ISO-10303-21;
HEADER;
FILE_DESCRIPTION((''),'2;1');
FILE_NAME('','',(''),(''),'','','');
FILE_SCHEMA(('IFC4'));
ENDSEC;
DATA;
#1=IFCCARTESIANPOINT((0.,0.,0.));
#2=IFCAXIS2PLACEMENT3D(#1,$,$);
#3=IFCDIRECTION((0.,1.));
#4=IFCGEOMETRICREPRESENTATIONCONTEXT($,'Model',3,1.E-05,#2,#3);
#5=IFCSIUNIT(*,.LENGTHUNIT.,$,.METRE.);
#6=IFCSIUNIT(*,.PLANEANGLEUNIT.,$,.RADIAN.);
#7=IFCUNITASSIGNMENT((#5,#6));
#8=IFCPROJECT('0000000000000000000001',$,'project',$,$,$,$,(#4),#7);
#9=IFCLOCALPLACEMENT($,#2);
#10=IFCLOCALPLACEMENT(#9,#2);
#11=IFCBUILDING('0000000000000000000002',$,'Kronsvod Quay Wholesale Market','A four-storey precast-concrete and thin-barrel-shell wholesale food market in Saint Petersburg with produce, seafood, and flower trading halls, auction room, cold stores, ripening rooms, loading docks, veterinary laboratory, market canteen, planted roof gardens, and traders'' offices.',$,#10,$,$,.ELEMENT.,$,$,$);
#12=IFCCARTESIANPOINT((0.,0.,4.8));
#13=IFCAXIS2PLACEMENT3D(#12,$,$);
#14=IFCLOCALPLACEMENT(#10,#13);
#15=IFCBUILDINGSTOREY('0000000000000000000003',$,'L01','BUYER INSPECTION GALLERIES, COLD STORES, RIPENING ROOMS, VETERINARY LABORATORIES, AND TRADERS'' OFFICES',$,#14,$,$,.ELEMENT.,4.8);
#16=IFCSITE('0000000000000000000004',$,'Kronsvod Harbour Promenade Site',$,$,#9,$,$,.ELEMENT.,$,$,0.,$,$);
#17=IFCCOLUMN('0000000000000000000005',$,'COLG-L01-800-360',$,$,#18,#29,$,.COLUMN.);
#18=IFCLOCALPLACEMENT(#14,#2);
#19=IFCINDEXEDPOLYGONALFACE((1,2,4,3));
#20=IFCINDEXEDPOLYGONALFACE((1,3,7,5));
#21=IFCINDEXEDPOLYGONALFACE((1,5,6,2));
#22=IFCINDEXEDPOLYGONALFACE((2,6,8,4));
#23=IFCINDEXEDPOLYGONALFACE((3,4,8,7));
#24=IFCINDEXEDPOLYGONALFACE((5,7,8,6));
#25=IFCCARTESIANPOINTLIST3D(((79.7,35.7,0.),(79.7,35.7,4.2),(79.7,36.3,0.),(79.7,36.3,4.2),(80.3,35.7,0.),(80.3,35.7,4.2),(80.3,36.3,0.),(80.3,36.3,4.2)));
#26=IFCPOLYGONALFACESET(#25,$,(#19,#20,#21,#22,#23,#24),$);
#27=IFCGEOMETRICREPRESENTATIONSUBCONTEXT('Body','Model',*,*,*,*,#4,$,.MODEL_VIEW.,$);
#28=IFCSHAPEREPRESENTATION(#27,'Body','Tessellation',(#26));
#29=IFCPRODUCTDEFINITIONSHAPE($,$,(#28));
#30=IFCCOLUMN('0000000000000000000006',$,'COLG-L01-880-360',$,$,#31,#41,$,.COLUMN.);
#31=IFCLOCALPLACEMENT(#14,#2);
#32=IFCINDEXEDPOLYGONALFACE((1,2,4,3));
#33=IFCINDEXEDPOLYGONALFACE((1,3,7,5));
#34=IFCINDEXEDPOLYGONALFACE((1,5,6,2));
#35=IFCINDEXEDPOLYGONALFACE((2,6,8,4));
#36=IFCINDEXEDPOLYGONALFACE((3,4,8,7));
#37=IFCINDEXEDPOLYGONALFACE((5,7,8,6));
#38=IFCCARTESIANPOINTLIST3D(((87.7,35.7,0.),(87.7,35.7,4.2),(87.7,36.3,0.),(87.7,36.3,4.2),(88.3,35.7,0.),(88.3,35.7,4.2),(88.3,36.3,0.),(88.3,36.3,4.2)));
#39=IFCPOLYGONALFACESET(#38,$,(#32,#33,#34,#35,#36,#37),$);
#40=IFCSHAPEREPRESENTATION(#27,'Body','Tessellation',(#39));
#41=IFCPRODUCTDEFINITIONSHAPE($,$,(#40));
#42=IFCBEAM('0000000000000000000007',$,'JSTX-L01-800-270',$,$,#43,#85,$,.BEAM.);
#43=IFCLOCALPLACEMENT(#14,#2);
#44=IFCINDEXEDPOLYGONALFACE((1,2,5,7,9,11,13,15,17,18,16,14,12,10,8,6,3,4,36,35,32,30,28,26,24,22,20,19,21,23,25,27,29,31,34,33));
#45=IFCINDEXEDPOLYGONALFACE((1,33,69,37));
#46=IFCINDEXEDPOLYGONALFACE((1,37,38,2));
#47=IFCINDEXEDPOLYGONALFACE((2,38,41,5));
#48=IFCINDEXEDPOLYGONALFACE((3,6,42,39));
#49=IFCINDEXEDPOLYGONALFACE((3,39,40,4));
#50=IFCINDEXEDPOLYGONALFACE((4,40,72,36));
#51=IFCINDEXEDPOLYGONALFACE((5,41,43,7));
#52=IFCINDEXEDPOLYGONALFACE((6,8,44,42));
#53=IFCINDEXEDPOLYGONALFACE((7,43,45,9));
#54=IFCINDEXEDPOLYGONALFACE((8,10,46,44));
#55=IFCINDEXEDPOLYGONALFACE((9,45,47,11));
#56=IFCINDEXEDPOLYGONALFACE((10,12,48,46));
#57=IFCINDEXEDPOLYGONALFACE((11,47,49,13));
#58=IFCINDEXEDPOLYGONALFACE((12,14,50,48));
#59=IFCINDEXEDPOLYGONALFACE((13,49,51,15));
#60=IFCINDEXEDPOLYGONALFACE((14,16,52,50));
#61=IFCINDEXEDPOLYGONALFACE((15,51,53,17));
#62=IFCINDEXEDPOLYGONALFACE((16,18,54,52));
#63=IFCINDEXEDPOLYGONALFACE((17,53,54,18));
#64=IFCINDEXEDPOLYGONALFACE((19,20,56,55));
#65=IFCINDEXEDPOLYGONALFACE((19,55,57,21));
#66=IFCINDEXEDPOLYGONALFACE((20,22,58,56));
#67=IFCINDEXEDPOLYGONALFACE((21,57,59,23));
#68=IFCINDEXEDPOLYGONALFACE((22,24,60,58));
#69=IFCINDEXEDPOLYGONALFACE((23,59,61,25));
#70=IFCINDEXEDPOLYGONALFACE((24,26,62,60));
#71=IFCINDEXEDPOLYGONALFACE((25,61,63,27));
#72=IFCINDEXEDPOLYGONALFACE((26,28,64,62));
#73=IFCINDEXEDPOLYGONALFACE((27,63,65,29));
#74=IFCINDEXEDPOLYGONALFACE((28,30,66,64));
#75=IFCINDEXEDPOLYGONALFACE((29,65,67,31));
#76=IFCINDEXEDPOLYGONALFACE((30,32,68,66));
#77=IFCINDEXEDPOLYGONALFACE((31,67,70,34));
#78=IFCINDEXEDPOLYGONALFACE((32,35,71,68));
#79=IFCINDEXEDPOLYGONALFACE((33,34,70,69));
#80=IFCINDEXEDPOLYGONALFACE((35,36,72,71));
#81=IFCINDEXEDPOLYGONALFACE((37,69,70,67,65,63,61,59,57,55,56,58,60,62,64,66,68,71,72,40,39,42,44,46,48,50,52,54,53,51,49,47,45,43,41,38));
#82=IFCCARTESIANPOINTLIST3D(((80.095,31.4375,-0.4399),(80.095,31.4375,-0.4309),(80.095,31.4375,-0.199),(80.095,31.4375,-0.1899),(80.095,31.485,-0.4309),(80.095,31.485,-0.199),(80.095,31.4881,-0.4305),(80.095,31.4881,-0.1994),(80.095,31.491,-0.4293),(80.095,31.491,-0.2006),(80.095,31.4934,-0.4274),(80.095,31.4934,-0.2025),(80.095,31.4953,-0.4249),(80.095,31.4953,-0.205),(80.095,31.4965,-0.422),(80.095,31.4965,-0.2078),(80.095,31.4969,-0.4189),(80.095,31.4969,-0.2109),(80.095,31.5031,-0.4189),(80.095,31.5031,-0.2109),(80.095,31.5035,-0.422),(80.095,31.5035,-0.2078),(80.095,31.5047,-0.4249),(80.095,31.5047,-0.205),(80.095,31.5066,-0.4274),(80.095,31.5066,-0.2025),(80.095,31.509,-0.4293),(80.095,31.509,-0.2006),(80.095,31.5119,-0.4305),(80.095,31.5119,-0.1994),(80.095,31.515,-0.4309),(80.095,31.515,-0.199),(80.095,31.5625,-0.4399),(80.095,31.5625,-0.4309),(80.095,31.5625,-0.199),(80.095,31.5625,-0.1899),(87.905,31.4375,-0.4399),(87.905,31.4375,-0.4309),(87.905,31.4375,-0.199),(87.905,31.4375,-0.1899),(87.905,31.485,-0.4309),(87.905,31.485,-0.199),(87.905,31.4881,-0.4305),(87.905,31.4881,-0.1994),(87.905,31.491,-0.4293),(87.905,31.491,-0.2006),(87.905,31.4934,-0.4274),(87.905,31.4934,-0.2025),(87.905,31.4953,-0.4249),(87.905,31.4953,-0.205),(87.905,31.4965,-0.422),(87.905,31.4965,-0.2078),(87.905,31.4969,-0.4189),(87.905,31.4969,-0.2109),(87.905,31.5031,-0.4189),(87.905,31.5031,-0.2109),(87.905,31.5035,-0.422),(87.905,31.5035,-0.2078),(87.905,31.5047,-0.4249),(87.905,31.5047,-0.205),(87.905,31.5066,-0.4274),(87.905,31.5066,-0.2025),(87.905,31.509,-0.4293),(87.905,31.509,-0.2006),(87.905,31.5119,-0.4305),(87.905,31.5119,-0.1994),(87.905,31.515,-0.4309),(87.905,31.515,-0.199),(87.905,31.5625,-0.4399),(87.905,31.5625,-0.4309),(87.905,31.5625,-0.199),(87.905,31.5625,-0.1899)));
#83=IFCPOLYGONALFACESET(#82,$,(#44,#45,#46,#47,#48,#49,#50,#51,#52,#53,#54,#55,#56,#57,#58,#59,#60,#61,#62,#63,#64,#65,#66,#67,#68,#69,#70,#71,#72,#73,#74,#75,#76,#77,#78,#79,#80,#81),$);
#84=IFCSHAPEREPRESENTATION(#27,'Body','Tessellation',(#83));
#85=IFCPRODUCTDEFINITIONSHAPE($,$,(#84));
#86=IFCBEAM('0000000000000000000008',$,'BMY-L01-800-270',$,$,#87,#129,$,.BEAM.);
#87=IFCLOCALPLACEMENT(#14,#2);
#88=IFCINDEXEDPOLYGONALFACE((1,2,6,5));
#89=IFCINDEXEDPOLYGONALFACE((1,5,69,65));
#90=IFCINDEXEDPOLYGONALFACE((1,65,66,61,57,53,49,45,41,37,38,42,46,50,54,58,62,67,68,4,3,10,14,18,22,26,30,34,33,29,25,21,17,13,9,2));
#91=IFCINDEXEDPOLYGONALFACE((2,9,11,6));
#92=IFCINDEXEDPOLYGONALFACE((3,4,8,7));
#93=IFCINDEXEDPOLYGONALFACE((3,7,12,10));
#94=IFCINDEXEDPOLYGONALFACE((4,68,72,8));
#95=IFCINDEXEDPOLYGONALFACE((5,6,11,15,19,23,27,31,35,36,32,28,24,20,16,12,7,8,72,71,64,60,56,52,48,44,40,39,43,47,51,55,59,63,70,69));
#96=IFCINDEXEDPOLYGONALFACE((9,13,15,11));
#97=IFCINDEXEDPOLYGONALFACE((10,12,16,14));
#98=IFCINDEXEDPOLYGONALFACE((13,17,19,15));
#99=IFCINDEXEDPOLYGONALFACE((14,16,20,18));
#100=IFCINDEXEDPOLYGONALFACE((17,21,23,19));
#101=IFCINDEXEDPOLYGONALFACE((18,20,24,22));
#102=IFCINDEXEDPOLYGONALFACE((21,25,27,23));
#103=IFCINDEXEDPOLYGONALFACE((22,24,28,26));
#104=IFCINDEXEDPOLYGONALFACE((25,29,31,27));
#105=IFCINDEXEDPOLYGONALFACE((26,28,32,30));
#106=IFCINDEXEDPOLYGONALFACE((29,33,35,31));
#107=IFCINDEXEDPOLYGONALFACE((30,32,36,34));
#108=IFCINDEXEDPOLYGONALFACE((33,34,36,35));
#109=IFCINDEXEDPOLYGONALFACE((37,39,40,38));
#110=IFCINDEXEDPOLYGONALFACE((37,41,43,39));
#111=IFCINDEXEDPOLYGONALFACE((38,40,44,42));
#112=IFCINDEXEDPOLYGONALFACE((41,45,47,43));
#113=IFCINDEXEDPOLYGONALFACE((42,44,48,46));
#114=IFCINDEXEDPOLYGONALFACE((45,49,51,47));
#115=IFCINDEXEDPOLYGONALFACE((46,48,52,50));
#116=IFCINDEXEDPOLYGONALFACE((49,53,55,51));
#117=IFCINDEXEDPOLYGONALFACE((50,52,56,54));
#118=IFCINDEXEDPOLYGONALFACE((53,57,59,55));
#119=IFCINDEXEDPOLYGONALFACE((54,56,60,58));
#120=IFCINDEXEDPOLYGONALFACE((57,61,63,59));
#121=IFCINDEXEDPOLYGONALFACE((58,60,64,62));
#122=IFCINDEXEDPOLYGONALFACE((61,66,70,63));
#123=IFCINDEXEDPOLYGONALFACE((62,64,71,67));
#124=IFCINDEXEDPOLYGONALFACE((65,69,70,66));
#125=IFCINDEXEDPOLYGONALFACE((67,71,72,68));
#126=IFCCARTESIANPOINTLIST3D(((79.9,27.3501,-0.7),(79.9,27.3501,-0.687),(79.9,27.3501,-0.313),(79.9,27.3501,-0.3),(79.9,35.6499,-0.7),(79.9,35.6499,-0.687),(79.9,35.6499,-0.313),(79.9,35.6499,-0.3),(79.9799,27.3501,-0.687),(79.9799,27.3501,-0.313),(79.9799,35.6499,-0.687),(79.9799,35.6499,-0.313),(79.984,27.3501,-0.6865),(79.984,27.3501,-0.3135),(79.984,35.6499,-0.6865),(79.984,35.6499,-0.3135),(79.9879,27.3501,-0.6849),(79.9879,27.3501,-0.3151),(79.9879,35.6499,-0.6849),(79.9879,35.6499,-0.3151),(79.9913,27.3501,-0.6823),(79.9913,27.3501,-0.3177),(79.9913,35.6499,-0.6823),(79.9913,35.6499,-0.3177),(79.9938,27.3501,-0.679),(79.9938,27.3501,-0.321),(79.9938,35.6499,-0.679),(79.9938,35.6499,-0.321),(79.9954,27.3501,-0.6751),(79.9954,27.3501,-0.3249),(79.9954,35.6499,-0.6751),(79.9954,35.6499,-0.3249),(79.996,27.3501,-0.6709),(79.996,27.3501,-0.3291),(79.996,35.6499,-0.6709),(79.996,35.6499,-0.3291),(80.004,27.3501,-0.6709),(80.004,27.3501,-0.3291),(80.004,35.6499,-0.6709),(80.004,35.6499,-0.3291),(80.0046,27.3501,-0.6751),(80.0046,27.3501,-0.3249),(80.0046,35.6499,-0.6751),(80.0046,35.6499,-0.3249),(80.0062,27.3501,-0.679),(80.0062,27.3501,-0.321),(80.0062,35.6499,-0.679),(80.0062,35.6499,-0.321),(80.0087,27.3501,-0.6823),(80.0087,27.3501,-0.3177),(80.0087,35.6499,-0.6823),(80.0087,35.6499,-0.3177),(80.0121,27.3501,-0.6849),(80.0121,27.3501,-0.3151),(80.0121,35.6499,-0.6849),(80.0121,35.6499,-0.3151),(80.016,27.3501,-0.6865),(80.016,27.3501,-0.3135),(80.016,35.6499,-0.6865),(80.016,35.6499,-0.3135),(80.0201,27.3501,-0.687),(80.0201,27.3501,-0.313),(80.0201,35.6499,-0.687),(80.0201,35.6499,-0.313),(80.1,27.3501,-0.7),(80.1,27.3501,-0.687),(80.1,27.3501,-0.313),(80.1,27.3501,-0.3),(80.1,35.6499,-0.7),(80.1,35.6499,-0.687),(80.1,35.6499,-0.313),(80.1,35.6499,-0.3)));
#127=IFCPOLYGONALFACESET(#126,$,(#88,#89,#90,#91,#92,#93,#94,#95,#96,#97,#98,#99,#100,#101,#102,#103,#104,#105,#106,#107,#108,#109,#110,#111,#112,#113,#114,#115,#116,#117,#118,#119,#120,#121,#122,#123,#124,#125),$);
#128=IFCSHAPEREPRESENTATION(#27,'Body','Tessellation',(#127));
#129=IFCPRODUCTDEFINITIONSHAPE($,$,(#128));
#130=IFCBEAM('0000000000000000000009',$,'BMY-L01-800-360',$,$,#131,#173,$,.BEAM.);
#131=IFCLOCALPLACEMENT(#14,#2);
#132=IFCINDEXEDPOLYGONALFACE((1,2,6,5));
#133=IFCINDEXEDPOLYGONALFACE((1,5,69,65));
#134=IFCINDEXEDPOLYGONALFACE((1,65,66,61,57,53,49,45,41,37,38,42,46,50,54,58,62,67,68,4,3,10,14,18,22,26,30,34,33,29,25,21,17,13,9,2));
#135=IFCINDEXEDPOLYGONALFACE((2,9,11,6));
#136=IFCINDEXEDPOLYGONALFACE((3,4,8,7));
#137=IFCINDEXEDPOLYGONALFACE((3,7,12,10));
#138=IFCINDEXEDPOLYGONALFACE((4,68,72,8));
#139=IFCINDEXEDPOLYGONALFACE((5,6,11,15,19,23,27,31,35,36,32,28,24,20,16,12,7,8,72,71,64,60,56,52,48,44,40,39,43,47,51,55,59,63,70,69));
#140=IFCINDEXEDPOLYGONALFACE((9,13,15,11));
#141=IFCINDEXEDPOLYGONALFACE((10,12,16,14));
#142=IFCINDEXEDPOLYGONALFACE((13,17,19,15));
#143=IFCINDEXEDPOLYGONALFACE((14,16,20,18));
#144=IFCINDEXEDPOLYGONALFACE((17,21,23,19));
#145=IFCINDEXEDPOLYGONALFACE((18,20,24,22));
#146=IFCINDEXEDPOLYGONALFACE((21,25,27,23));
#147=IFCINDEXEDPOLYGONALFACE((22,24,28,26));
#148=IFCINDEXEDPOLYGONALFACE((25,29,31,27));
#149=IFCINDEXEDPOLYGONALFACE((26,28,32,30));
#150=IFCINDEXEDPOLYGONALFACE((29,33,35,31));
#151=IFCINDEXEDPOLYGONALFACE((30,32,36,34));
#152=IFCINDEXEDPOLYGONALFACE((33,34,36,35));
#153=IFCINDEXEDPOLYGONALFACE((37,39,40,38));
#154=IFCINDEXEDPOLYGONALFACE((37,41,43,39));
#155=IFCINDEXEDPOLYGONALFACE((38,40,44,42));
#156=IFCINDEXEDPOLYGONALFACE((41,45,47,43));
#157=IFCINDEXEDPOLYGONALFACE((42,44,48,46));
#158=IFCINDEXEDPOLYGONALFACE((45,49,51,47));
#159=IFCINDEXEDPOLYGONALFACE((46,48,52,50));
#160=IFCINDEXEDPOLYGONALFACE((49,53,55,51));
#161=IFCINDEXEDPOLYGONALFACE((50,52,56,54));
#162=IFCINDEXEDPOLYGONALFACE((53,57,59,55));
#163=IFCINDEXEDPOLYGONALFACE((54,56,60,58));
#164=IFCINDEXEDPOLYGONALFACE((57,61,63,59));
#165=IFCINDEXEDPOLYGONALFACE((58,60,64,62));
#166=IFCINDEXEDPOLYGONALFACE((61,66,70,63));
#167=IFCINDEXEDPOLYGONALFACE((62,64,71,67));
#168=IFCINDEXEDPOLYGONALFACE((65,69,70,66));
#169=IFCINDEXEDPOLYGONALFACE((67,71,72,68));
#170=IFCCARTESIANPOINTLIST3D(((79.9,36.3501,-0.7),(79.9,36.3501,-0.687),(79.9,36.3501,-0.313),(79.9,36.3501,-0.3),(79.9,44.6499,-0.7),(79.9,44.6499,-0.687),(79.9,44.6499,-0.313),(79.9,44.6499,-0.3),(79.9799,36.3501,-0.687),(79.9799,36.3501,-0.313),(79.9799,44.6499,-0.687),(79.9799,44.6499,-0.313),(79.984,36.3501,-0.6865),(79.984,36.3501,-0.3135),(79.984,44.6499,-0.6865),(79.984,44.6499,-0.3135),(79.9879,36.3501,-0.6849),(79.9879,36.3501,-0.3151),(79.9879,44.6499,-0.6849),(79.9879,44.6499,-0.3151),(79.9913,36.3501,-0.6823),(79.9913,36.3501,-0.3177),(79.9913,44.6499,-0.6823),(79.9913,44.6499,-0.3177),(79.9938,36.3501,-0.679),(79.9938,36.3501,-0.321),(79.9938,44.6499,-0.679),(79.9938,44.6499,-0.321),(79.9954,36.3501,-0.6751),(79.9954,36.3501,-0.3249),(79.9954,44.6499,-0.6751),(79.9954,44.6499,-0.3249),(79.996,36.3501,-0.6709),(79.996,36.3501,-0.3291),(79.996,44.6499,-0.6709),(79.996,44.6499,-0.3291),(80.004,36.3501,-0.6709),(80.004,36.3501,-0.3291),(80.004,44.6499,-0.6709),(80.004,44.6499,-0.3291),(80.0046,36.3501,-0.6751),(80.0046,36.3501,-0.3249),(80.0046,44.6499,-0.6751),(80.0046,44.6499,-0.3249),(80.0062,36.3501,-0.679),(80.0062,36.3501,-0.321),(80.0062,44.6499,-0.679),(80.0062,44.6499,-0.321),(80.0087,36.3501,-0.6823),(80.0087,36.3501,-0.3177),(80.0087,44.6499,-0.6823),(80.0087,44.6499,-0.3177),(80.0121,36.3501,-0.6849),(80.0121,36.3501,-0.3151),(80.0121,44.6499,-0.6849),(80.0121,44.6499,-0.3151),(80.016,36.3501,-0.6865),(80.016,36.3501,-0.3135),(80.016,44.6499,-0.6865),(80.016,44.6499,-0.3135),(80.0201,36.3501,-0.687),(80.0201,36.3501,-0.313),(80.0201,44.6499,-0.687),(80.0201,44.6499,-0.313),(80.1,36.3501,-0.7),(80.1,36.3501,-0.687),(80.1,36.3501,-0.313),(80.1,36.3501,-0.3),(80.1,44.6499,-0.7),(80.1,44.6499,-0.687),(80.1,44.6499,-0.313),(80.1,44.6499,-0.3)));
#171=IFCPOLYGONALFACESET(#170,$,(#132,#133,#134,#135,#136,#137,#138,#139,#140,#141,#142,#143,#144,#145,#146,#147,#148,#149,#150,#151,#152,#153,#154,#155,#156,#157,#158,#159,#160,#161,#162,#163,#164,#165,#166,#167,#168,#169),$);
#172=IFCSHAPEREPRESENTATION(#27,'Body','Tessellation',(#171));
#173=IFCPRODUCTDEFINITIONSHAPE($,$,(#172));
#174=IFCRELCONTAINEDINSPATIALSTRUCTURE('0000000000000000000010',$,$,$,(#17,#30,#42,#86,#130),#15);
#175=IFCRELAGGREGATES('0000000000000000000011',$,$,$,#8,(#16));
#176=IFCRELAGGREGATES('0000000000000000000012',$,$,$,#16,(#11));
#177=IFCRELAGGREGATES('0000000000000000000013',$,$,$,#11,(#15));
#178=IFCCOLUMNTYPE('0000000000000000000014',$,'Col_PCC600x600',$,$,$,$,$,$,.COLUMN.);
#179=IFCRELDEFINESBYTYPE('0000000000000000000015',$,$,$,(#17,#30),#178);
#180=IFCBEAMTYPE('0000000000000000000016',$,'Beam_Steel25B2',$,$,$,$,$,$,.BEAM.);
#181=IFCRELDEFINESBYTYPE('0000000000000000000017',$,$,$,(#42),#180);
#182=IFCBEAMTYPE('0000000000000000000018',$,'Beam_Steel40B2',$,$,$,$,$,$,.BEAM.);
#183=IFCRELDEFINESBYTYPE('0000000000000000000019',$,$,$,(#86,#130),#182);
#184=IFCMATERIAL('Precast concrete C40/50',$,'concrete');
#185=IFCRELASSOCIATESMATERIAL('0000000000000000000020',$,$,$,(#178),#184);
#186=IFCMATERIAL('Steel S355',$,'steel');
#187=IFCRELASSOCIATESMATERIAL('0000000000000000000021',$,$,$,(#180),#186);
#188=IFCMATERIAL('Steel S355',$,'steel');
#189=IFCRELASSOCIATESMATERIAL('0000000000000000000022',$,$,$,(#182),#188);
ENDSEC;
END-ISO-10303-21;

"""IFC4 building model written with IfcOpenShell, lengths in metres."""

from ifc_helpers import new_model, si_unit, direction, frame, origin, origin_2d, place, context, subcontext, project, spatial, rectangle, i_section, extrude, material, material_profile, profile_set, type_object, element, save


model = new_model("IFC4")

# Units and contexts
model_context = context("Model", 3, precision=1e-05, world=origin(), true_north=direction((0.0, 1.0)))
body_context = subcontext(model_context, "Body", "Model", "MODEL_VIEW")
ifc_project = project(units=[si_unit("LENGTHUNIT", "METRE"), si_unit("PLANEANGLEUNIT", "RADIAN")], contexts=[model_context])

# Site, building, storey
site_placement = place(None, origin())
site = spatial("IfcSite", under=ifc_project, at=site_placement, Name="Kronsvod Harbour Promenade Site", CompositionType="ELEMENT", RefElevation=0.0)
building_placement = place(site_placement, origin())
building = spatial("IfcBuilding", under=site, at=building_placement, Name="Kronsvod Quay Wholesale Market", Description="A four-storey precast-concrete and thin-barrel-shell wholesale food market in Saint Petersburg with produce, seafood, and flower trading halls, auction room, cold stores, ripening rooms, loading docks, veterinary laboratory, market canteen, planted roof gardens, and traders' offices.", CompositionType="ELEMENT")
storey_placement = place(building_placement, frame((0.0, 0.0, 4.8)))
storey = spatial("IfcBuildingStorey", under=building, at=storey_placement, Name="L01", Description="BUYER INSPECTION GALLERIES, COLD STORES, RIPENING ROOMS, VETERINARY LABORATORIES, AND TRADERS' OFFICES", CompositionType="ELEMENT", Elevation=4.8)

# Columns
ifc_material_1 = material(Name="Precast concrete C40/50", Category="concrete")
ifc_material_profile_1 = material_profile(ifc_material_1, rectangle(XDim=0.6001, YDim=0.6001, at=origin_2d()), Name="PCC600x600")
ifc_profile_set_1 = profile_set([ifc_material_profile_1], Name="Precast concrete C40/50")
column_type = type_object("IfcColumnType", Name="Col_PCC600x600", PredefinedType="COLUMN", material=ifc_profile_set_1)
for number, where, z_axis, x_axis, name in (
    (1, (80.0, 36.0, 0.0), (0.0, 0.0, 1.0), (1.0, 0.0, 0.0), "COLG-L01-800-360"),
    (2, (88.0, 36.0, 0.0), (0.0, 0.0, 1.0), (1.0, 0.0, 0.0), "COLG-L01-880-360"),
):
    element("IfcColumn", number, at=place(storey_placement, frame(where, z_axis=z_axis, x_axis=x_axis)), inside=storey, type_object=column_type, Name=name, PredefinedType="COLUMN", context=body_context, shape_type="SweptSolid", body=[
        extrude(rectangle(XDim=0.6001, YDim=0.6001, at=origin_2d()), origin(), (0.0, 0.0, 1.0), 4.2),
    ])

# Beams
ifc_material_2 = material(Name="Steel S355", Category="steel")
ifc_material_profile_2 = material_profile(ifc_material_2, i_section(OverallWidth=0.125, OverallDepth=0.25, WebThickness=0.0061, FlangeThickness=0.009, FilletRadius=0.012, at=origin_2d()), Name="25B2")
ifc_profile_set_2 = profile_set([ifc_material_profile_2], Name="Steel S355")
beam_type_1 = type_object("IfcBeamType", Name="Beam_Steel25B2", PredefinedType="BEAM", material=ifc_profile_set_2)
beam_placement = place(storey_placement, frame((80.095, 31.5, -0.3149), z_axis=(1.0, 0.0, 0.0), x_axis=(0.0, 1.0, 0.0)))
element("IfcBeam", 3, at=beam_placement, inside=storey, type_object=beam_type_1, Name="JSTX-L01-800-270", PredefinedType="BEAM", context=body_context, shape_type="SweptSolid", body=[
    extrude(i_section(OverallWidth=0.125, OverallDepth=0.25, WebThickness=0.0061, FlangeThickness=0.009, FilletRadius=0.012, at=origin_2d()), origin(), (0.0, 0.0, 1.0), 7.8101),
])
ifc_material_3 = material(Name="Steel S355", Category="steel")
ifc_material_profile_3 = material_profile(ifc_material_3, i_section(OverallWidth=0.2, OverallDepth=0.3999, WebThickness=0.0081, FlangeThickness=0.0129, FilletRadius=0.0161, at=origin_2d()), Name="40B2")
ifc_profile_set_3 = profile_set([ifc_material_profile_3], Name="Steel S355")
beam_type_2 = type_object("IfcBeamType", Name="Beam_Steel40B2", PredefinedType="BEAM", material=ifc_profile_set_3)
for number, where, z_axis, x_axis, name in (
    (4, (80.0, 27.3501, -0.5), (0.0, 1.0, 0.0), (-1.0, 0.0, 0.0), "BMY-L01-800-270"),
    (5, (80.0, 36.3501, -0.5), (0.0, 1.0, 0.0), (-1.0, 0.0, 0.0), "BMY-L01-800-360"),
):
    element("IfcBeam", number, at=place(storey_placement, frame(where, z_axis=z_axis, x_axis=x_axis)), inside=storey, type_object=beam_type_2, Name=name, PredefinedType="BEAM", context=body_context, shape_type="SweptSolid", body=[
        extrude(i_section(OverallWidth=0.2, OverallDepth=0.3999, WebThickness=0.0081, FlangeThickness=0.0129, FilletRadius=0.0161, at=origin_2d()), origin(), (0.0, 0.0, 1.0), 8.2998),
    ])

save(model, "model.ifc")
